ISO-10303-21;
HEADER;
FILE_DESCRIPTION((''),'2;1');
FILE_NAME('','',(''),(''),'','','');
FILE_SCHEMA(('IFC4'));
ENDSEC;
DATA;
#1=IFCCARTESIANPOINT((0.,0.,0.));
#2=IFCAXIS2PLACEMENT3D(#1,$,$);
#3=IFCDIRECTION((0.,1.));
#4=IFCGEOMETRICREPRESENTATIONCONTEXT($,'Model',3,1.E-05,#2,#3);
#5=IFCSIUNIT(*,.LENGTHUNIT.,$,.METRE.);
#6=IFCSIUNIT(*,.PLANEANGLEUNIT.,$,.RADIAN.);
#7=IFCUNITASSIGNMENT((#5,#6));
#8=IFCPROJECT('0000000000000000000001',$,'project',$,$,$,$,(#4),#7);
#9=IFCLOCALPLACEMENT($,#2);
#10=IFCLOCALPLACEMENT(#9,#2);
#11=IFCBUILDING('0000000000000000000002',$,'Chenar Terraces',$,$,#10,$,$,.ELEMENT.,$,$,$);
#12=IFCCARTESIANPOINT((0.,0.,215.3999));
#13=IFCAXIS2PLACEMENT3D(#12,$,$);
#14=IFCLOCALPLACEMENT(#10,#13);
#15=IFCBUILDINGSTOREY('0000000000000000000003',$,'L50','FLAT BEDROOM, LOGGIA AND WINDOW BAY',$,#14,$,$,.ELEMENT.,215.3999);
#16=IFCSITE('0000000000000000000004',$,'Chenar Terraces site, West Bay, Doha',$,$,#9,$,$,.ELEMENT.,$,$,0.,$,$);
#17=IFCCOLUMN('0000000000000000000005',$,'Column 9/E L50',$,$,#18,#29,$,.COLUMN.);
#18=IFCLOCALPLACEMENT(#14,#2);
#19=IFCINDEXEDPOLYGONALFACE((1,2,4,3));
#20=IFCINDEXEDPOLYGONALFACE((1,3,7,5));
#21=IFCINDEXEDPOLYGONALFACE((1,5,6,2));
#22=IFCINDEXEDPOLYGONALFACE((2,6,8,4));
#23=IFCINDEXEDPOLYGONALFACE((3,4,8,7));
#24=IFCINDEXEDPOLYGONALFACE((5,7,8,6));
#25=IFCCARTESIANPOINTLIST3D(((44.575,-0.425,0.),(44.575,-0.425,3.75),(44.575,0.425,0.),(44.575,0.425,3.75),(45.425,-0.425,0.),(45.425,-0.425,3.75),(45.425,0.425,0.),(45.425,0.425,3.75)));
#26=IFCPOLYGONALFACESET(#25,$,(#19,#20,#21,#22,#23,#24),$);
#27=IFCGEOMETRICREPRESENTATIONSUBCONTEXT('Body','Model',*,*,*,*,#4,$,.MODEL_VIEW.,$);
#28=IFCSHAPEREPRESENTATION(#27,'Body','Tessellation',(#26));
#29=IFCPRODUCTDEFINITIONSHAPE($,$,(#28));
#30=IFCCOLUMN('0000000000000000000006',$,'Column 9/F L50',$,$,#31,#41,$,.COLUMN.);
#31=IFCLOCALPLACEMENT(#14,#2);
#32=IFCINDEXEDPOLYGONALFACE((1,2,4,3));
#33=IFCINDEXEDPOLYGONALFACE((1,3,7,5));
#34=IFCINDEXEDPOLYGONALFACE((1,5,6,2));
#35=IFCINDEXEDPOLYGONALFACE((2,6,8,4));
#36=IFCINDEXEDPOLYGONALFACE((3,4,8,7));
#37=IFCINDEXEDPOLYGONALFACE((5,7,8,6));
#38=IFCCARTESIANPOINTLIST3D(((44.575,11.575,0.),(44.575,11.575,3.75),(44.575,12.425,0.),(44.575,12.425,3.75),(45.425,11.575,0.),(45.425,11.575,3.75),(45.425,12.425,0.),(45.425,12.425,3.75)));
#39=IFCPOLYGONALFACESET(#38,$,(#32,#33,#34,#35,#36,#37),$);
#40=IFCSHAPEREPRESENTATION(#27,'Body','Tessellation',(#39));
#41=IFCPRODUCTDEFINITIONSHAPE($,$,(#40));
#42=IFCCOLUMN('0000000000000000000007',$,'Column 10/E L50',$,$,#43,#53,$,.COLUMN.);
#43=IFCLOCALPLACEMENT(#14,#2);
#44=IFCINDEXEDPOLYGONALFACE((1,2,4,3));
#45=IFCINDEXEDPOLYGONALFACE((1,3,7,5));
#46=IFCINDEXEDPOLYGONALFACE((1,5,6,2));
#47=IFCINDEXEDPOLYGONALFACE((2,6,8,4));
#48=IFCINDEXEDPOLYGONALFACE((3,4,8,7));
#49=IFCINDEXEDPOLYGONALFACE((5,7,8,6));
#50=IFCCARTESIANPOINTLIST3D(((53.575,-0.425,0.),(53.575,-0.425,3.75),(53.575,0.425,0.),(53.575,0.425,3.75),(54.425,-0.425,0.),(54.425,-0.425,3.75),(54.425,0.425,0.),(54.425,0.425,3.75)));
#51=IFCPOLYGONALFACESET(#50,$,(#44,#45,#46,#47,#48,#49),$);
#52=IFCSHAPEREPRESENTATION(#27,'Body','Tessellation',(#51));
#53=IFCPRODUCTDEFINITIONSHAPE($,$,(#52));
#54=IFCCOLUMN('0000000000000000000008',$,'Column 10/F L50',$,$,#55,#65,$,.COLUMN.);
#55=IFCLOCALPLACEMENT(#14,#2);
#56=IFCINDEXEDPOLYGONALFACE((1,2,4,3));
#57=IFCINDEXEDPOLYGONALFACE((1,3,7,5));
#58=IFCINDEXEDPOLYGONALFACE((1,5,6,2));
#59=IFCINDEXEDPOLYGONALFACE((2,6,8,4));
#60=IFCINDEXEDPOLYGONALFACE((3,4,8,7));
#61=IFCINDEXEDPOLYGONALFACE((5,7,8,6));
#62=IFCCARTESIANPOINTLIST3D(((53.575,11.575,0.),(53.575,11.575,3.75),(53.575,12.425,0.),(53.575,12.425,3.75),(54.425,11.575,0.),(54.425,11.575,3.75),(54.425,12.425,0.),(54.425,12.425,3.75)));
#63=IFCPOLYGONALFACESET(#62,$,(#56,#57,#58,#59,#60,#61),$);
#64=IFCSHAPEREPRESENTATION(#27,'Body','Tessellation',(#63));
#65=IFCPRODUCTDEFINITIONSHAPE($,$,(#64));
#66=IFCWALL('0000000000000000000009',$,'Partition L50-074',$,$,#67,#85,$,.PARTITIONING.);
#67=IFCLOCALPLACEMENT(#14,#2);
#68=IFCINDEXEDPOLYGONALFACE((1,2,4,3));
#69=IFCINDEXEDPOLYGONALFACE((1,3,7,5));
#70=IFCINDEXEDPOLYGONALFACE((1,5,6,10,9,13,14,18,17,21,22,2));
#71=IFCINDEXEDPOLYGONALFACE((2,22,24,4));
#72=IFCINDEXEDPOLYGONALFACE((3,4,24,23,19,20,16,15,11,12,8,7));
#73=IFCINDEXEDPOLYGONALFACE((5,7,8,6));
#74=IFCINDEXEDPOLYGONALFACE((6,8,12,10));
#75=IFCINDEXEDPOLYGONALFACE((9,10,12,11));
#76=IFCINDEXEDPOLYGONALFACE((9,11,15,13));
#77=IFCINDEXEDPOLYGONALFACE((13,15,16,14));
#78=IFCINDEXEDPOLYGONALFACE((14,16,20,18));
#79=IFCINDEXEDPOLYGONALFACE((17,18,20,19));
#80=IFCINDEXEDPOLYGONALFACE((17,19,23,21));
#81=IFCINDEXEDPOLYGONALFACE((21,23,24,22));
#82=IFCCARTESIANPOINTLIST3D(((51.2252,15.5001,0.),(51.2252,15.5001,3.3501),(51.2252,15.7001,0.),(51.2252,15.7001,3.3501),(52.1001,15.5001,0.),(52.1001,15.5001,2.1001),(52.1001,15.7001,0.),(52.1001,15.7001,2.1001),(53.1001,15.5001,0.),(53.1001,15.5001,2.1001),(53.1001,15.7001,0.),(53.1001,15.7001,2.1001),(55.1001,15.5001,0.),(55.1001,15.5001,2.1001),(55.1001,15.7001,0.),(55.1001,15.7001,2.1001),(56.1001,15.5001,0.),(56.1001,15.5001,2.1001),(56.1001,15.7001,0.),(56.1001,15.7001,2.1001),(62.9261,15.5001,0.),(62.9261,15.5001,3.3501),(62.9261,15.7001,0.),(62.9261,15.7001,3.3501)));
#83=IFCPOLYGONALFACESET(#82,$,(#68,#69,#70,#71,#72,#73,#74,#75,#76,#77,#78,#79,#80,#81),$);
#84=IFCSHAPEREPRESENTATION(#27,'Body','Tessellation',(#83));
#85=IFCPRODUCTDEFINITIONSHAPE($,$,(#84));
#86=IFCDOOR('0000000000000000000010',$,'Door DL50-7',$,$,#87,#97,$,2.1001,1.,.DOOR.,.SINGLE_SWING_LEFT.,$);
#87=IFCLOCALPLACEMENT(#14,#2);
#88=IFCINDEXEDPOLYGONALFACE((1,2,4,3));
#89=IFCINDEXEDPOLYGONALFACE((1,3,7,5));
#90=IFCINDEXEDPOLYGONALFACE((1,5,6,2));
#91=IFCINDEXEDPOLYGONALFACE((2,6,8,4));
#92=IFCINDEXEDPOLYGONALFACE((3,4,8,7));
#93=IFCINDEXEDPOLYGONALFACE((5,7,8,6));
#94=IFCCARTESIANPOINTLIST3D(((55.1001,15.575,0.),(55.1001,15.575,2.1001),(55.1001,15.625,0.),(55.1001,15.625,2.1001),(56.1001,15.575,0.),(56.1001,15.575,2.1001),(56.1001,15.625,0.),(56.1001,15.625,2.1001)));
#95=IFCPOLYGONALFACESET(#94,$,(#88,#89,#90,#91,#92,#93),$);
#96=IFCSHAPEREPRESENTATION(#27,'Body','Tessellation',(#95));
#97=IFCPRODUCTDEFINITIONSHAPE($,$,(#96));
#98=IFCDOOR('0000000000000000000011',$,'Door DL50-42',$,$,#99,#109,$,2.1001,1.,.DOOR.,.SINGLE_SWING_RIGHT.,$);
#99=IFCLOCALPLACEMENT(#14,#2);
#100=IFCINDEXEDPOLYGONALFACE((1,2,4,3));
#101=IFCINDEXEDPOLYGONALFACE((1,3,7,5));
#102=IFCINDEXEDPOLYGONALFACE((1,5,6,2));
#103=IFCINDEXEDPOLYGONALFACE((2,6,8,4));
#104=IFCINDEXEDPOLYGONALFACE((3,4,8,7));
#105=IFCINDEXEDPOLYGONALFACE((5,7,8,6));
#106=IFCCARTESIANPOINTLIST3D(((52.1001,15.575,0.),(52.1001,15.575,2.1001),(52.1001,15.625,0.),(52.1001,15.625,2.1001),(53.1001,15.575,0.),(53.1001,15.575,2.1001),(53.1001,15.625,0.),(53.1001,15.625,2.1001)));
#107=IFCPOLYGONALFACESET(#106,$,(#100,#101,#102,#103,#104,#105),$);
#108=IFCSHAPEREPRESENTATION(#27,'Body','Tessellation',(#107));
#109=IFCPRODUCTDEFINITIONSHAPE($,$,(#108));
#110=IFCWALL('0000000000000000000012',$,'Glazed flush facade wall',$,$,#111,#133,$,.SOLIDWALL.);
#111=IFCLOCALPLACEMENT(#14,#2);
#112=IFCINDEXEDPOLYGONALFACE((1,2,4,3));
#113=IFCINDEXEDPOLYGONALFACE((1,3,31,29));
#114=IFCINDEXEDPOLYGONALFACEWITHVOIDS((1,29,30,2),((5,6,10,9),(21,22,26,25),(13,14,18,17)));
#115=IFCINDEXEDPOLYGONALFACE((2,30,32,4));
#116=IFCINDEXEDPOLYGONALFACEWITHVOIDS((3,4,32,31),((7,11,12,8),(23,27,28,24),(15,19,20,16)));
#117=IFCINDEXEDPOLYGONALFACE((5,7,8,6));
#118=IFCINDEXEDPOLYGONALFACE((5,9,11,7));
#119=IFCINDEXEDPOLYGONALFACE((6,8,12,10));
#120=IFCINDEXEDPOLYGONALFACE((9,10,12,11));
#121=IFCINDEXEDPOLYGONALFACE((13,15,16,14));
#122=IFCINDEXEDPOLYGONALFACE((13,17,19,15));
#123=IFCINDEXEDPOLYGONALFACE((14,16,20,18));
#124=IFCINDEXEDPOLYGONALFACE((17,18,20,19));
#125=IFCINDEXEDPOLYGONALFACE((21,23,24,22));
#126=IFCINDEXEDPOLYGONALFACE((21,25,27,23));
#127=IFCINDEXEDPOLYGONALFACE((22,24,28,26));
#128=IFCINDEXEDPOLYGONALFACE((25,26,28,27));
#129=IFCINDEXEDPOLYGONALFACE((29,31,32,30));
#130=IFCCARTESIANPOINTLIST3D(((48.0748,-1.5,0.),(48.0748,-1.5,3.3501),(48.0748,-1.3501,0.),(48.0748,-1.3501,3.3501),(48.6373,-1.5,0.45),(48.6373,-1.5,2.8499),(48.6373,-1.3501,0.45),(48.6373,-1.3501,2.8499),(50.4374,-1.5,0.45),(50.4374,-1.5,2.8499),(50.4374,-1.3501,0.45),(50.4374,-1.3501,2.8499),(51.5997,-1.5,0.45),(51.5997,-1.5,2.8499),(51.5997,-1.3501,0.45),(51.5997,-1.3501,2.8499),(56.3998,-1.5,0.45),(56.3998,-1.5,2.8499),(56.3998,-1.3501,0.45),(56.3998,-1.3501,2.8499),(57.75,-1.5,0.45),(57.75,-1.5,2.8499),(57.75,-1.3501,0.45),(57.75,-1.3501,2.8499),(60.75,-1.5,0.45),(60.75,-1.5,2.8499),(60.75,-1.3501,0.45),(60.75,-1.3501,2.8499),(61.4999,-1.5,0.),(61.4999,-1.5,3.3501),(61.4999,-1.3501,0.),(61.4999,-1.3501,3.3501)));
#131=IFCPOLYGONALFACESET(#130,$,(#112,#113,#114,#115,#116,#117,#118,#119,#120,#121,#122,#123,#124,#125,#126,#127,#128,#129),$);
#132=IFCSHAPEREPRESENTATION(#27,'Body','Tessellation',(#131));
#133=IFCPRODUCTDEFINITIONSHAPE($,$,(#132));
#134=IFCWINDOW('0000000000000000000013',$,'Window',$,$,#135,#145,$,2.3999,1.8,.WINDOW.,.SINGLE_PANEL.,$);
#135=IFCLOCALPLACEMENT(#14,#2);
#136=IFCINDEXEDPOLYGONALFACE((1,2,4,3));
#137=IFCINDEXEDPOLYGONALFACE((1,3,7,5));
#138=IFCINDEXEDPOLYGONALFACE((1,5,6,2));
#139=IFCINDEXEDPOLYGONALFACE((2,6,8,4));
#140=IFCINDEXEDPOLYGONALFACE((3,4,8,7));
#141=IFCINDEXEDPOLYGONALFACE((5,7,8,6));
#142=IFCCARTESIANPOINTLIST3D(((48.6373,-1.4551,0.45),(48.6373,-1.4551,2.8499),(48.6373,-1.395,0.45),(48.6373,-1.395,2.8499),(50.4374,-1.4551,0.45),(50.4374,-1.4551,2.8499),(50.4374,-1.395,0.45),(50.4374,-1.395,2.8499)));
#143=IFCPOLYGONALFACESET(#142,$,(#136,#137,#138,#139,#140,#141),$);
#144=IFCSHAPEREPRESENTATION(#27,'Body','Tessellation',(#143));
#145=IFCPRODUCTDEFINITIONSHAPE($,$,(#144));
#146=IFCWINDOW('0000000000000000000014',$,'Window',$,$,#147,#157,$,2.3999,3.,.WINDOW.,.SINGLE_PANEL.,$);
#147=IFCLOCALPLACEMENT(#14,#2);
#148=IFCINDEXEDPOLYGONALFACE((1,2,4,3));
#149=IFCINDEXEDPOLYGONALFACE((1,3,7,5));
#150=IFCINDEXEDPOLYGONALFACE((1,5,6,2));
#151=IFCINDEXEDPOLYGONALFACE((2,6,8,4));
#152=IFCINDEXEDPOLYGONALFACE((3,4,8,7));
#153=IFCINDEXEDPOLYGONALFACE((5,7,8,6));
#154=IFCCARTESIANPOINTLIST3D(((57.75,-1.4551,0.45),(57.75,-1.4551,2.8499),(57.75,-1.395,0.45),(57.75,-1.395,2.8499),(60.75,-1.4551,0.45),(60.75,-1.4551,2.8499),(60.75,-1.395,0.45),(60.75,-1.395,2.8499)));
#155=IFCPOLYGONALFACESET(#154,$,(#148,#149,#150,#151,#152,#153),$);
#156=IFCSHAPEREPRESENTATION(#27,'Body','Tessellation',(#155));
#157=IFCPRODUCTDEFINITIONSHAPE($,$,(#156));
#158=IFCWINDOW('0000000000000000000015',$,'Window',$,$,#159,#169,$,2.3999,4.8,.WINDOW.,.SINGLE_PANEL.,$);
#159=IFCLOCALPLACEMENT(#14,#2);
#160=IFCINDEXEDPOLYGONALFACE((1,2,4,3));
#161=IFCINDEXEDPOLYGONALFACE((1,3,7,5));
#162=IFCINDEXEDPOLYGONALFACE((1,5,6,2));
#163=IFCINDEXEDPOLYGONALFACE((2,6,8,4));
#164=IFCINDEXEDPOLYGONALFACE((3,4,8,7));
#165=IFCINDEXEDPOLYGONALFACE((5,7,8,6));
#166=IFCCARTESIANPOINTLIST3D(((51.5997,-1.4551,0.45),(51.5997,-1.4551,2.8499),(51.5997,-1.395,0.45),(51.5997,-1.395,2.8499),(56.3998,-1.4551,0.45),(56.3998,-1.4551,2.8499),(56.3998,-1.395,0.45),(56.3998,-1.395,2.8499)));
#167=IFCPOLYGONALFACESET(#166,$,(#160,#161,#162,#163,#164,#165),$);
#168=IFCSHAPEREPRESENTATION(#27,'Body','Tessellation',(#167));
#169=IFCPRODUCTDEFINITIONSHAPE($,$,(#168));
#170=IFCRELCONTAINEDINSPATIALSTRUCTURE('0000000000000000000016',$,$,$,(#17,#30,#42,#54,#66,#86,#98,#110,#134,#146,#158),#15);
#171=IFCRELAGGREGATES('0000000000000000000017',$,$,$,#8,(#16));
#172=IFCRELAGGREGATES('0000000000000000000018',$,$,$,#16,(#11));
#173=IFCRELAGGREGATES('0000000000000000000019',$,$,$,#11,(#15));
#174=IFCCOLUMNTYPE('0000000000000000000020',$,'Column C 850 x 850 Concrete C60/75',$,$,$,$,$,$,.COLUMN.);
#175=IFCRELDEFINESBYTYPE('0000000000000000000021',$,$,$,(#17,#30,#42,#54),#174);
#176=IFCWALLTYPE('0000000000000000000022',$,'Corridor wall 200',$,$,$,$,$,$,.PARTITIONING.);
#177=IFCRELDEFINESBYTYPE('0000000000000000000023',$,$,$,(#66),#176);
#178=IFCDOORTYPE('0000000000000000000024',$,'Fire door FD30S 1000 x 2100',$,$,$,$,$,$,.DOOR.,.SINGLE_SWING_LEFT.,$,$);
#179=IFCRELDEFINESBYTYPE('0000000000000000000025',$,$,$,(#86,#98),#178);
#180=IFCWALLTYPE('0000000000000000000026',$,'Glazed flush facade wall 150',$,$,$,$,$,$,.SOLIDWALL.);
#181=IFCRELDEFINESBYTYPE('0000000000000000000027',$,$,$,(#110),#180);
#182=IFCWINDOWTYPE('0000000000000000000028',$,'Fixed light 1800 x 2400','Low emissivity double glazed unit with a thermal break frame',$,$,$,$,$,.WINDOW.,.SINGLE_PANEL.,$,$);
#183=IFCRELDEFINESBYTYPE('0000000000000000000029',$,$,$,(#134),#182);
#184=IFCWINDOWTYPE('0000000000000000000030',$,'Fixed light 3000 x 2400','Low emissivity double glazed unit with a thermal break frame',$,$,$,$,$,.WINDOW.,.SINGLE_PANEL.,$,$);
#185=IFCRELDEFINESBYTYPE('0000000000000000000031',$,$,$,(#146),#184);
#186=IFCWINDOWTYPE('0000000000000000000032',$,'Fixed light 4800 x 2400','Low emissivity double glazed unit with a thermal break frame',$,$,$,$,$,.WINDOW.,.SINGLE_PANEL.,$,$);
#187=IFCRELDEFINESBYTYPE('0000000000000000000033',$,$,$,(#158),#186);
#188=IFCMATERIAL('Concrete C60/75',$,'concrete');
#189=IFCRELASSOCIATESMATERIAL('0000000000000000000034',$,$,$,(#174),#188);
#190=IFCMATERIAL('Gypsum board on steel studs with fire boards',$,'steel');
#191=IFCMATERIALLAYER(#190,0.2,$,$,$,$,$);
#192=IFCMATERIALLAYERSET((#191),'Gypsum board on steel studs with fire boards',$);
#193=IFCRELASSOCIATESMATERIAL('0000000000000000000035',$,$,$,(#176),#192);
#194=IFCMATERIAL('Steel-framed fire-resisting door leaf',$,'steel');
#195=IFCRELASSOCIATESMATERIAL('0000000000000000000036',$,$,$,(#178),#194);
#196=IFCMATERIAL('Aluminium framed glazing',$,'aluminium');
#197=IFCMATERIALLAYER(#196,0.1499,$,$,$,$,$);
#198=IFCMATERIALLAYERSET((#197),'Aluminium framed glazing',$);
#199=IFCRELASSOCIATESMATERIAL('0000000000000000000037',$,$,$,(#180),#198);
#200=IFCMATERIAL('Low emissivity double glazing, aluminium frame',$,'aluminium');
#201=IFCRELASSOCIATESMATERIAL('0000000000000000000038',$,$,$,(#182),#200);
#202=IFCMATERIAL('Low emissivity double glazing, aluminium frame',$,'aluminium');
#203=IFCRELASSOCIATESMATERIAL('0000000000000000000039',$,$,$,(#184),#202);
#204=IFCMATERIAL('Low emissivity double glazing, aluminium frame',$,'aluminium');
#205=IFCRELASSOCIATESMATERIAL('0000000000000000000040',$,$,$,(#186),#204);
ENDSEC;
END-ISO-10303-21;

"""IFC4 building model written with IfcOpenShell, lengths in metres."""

from ifc_helpers import new_model, si_unit, direction, frame, frame_2d, origin, origin_2d, place, context, subcontext, project, spatial, rectangle, extrude, material, layer, layer_set, material_profile, profile_set, type_object, element, fill, save


model = new_model("IFC4")

# Units and contexts
model_context = context("Model", 3, precision=1e-05, world=origin(), true_north=direction((0.0, 1.0)))
body_context = subcontext(model_context, "Body", "Model", "MODEL_VIEW")
ifc_project = project(units=[si_unit("LENGTHUNIT", "METRE"), si_unit("PLANEANGLEUNIT", "RADIAN")], contexts=[model_context])

# Site, building, storey
site_placement = place(None, origin())
site = spatial("IfcSite", under=ifc_project, at=site_placement, Name="Chenar Terraces site, West Bay, Doha", CompositionType="ELEMENT", RefElevation=0.0)
building_placement = place(site_placement, origin())
building = spatial("IfcBuilding", under=site, at=building_placement, Name="Chenar Terraces", CompositionType="ELEMENT")
storey_placement = place(building_placement, frame((0.0, 0.0, 215.3999)))
storey = spatial("IfcBuildingStorey", under=building, at=storey_placement, Name="L50", Description="FLAT BEDROOM, LOGGIA AND WINDOW BAY", CompositionType="ELEMENT", Elevation=215.3999)

# Columns
ifc_material_1 = material(Name="Concrete C60/75", Category="concrete")
ifc_material_profile = material_profile(ifc_material_1, rectangle(XDim=0.8501, YDim=0.8501, at=origin_2d()), Name="C 850 x 850")
ifc_profile_set = profile_set([ifc_material_profile], Name="Concrete C60/75")
column_type = type_object("IfcColumnType", Name="Column C 850 x 850 Concrete C60/75", PredefinedType="COLUMN", material=ifc_profile_set)
for number, where, z_axis, x_axis, name in (
    (1, (45.0, 0.0, 0.0), (0.0, 0.0, 1.0), (1.0, 0.0, 0.0), "Column 9/E L50"),
    (2, (45.0, 12.0, 0.0), (0.0, 0.0, 1.0), (1.0, 0.0, 0.0), "Column 9/F L50"),
    (3, (54.0, 0.0, 0.0), (0.0, 0.0, 1.0), (1.0, 0.0, 0.0), "Column 10/E L50"),
    (4, (54.0, 12.0, 0.0), (0.0, 0.0, 1.0), (1.0, 0.0, 0.0), "Column 10/F L50"),
):
    element("IfcColumn", number, at=place(storey_placement, frame(where, z_axis=z_axis, x_axis=x_axis)), inside=storey, type_object=column_type, Name=name, PredefinedType="COLUMN", context=body_context, shape_type="SweptSolid", body=[
        extrude(rectangle(XDim=0.8501, YDim=0.8501, at=origin_2d()), origin(), (0.0, 0.0, 1.0), 3.75),
    ])

# Wall, openings, doors
ifc_material_2 = material(Name="Gypsum board on steel studs with fire boards", Category="steel")
ifc_layer_1 = layer(ifc_material_2, 0.2)
ifc_layer_set_1 = layer_set([ifc_layer_1], Name="Gypsum board on steel studs with fire boards")
wall_type_1 = type_object("IfcWallType", Name="Corridor wall 200", PredefinedType="PARTITIONING", material=ifc_layer_set_1)
wall_1_placement = place(storey_placement, frame((51.2251, 15.6001, 0.0), z_axis=(0.0, 0.0, 1.0), x_axis=(1.0, 0.0, 0.0)))
wall_1 = element("IfcWall", 5, at=wall_1_placement, inside=storey, type_object=wall_type_1, Name="Partition L50-074", PredefinedType="PARTITIONING", context=body_context, shape_type="SweptSolid", body=[
    extrude(rectangle(XDim=11.7009, YDim=0.2, at=frame_2d((5.8506, 0.0))), origin(), (0.0, 0.0, 1.0), 3.3501),
])
opening_1_placement = place(wall_1_placement, frame((3.875, 0.0, 0.0)))
opening_1 = element("IfcOpeningElement", 6, at=opening_1_placement, cuts=wall_1, PredefinedType="OPENING", context=body_context, shape_type="SweptSolid", body=[
    extrude(rectangle(XDim=1.0, YDim=2.1001, at=frame_2d((0.5, 1.05))), frame((0.0, 0.1099, 0.0), z_axis=(0.0, -1.0, 0.0), x_axis=(1.0, 0.0, 0.0)), (0.0, 0.0, 1.0), 0.22),
])
opening_2_placement = place(wall_1_placement, frame((0.875, 0.0, 0.0)))
opening_2 = element("IfcOpeningElement", 7, at=opening_2_placement, cuts=wall_1, PredefinedType="OPENING", context=body_context, shape_type="SweptSolid", body=[
    extrude(rectangle(XDim=1.0, YDim=2.1001, at=frame_2d((0.5, 1.05))), frame((0.0, 0.1099, 0.0), z_axis=(0.0, -1.0, 0.0), x_axis=(1.0, 0.0, 0.0)), (0.0, 0.0, 1.0), 0.22),
])
ifc_material_3 = material(Name="Steel-framed fire-resisting door leaf", Category="steel")
door_type_1 = type_object("IfcDoorType", Name="Fire door FD30S 1000 x 2100", OperationType="SINGLE_SWING_LEFT", PredefinedType="DOOR", material=ifc_material_3)
door_1_placement = place(opening_1_placement, origin())
door_1 = element("IfcDoor", 8, at=door_1_placement, inside=storey, type_object=door_type_1, Name="Door DL50-7", OperationType="SINGLE_SWING_LEFT", OverallHeight=2.1001, OverallWidth=1.0, PredefinedType="DOOR", context=body_context, shape_type="SweptSolid", body=[
    extrude(rectangle(XDim=1.0, YDim=2.1001, at=frame_2d((0.5, 1.05))), frame((0.0, 0.0249, 0.0), z_axis=(0.0, -1.0, 0.0), x_axis=(1.0, 0.0, 0.0)), (0.0, 0.0, 1.0), 0.05),
])
fill(opening_1, door_1)
door_2_placement = place(opening_2_placement, origin())
door_2 = element("IfcDoor", 9, at=door_2_placement, inside=storey, type_object=door_type_1, Name="Door DL50-42", OperationType="SINGLE_SWING_RIGHT", OverallHeight=2.1001, OverallWidth=1.0, PredefinedType="DOOR", context=body_context, shape_type="SweptSolid", body=[
    extrude(rectangle(XDim=1.0, YDim=2.1001, at=frame_2d((0.5, 1.05))), frame((0.0, 0.0249, 0.0), z_axis=(0.0, -1.0, 0.0), x_axis=(1.0, 0.0, 0.0)), (0.0, 0.0, 1.0), 0.05),
])
fill(opening_2, door_2)

# Wall, openings, windows
ifc_material_4 = material(Name="Aluminium framed glazing", Category="aluminium")
ifc_layer_2 = layer(ifc_material_4, 0.1499)
ifc_layer_set_2 = layer_set([ifc_layer_2], Name="Aluminium framed glazing")
wall_type_2 = type_object("IfcWallType", Name="Glazed flush facade wall 150", PredefinedType="SOLIDWALL", material=ifc_layer_set_2)
wall_2_placement = place(storey_placement, frame((48.075, -1.425, 0.0), z_axis=(0.0, 0.0, 1.0), x_axis=(1.0, 0.0, 0.0)))
wall_2 = element("IfcWall", 10, at=wall_2_placement, inside=storey, type_object=wall_type_2, Name="Glazed flush facade wall", PredefinedType="SOLIDWALL", context=body_context, shape_type="SweptSolid", body=[
    extrude(rectangle(XDim=13.425, YDim=0.1499, at=frame_2d((6.7124, 0.0))), origin(), (0.0, 0.0, 1.0), 3.3501),
])
opening_3_placement = place(wall_2_placement, frame((0.5625, 0.0, 0.45)))
opening_3 = element("IfcOpeningElement", 11, at=opening_3_placement, cuts=wall_2, PredefinedType="OPENING", context=body_context, shape_type="SweptSolid", body=[
    extrude(rectangle(XDim=1.8, YDim=2.3999, at=frame_2d((0.8999, 1.2))), frame((0.0, 0.085, 0.0), z_axis=(0.0, -1.0, 0.0), x_axis=(1.0, 0.0, 0.0)), (0.0, 0.0, 1.0), 0.1699),
])
opening_4_placement = place(wall_2_placement, frame((3.5249, 0.0, 0.45)))
opening_4 = element("IfcOpeningElement", 12, at=opening_4_placement, cuts=wall_2, PredefinedType="OPENING", context=body_context, shape_type="SweptSolid", body=[
    extrude(rectangle(XDim=4.8, YDim=2.3999, at=frame_2d((2.3999, 1.2))), frame((0.0, 0.085, 0.0), z_axis=(0.0, -1.0, 0.0), x_axis=(1.0, 0.0, 0.0)), (0.0, 0.0, 1.0), 0.1699),
])
opening_5_placement = place(wall_2_placement, frame((9.675, 0.0, 0.45)))
opening_5 = element("IfcOpeningElement", 13, at=opening_5_placement, cuts=wall_2, PredefinedType="OPENING", context=body_context, shape_type="SweptSolid", body=[
    extrude(rectangle(XDim=3.0, YDim=2.3999, at=frame_2d((1.5, 1.2))), frame((0.0, 0.085, 0.0), z_axis=(0.0, -1.0, 0.0), x_axis=(1.0, 0.0, 0.0)), (0.0, 0.0, 1.0), 0.1699),
])
ifc_material_5 = material(Name="Low emissivity double glazing, aluminium frame", Category="aluminium")
window_type_1 = type_object("IfcWindowType", Name="Fixed light 1800 x 2400", Description="Low emissivity double glazed unit with a thermal break frame", PartitioningType="SINGLE_PANEL", PredefinedType="WINDOW", material=ifc_material_5)
window_1_placement = place(opening_3_placement, origin())
window_1 = element("IfcWindow", 14, at=window_1_placement, inside=storey, type_object=window_type_1, Name="Window", OverallHeight=2.3999, OverallWidth=1.8, PartitioningType="SINGLE_PANEL", PredefinedType="WINDOW", context=body_context, shape_type="SweptSolid", body=[
    extrude(rectangle(XDim=1.8, YDim=2.3999, at=frame_2d((0.8999, 1.2))), frame((0.0, 0.03, 0.0), z_axis=(0.0, -1.0, 0.0), x_axis=(1.0, 0.0, 0.0)), (0.0, 0.0, 1.0), 0.0601),
])
fill(opening_3, window_1)
ifc_material_6 = material(Name="Low emissivity double glazing, aluminium frame", Category="aluminium")
window_type_2 = type_object("IfcWindowType", Name="Fixed light 3000 x 2400", Description="Low emissivity double glazed unit with a thermal break frame", PartitioningType="SINGLE_PANEL", PredefinedType="WINDOW", material=ifc_material_6)
window_2_placement = place(opening_5_placement, origin())
window_2 = element("IfcWindow", 15, at=window_2_placement, inside=storey, type_object=window_type_2, Name="Window", OverallHeight=2.3999, OverallWidth=3.0, PartitioningType="SINGLE_PANEL", PredefinedType="WINDOW", context=body_context, shape_type="SweptSolid", body=[
    extrude(rectangle(XDim=3.0, YDim=2.3999, at=frame_2d((1.5, 1.2))), frame((0.0, 0.03, 0.0), z_axis=(0.0, -1.0, 0.0), x_axis=(1.0, 0.0, 0.0)), (0.0, 0.0, 1.0), 0.0601),
])
fill(opening_5, window_2)
ifc_material_7 = material(Name="Low emissivity double glazing, aluminium frame", Category="aluminium")
window_type_3 = type_object("IfcWindowType", Name="Fixed light 4800 x 2400", Description="Low emissivity double glazed unit with a thermal break frame", PartitioningType="SINGLE_PANEL", PredefinedType="WINDOW", material=ifc_material_7)
window_3_placement = place(opening_4_placement, origin())
window_3 = element("IfcWindow", 16, at=window_3_placement, inside=storey, type_object=window_type_3, Name="Window", OverallHeight=2.3999, OverallWidth=4.8, PartitioningType="SINGLE_PANEL", PredefinedType="WINDOW", context=body_context, shape_type="SweptSolid", body=[
    extrude(rectangle(XDim=4.8, YDim=2.3999, at=frame_2d((2.3999, 1.2))), frame((0.0, 0.03, 0.0), z_axis=(0.0, -1.0, 0.0), x_axis=(1.0, 0.0, 0.0)), (0.0, 0.0, 1.0), 0.0601),
])
fill(opening_4, window_3)

save(model, "model.ifc")
